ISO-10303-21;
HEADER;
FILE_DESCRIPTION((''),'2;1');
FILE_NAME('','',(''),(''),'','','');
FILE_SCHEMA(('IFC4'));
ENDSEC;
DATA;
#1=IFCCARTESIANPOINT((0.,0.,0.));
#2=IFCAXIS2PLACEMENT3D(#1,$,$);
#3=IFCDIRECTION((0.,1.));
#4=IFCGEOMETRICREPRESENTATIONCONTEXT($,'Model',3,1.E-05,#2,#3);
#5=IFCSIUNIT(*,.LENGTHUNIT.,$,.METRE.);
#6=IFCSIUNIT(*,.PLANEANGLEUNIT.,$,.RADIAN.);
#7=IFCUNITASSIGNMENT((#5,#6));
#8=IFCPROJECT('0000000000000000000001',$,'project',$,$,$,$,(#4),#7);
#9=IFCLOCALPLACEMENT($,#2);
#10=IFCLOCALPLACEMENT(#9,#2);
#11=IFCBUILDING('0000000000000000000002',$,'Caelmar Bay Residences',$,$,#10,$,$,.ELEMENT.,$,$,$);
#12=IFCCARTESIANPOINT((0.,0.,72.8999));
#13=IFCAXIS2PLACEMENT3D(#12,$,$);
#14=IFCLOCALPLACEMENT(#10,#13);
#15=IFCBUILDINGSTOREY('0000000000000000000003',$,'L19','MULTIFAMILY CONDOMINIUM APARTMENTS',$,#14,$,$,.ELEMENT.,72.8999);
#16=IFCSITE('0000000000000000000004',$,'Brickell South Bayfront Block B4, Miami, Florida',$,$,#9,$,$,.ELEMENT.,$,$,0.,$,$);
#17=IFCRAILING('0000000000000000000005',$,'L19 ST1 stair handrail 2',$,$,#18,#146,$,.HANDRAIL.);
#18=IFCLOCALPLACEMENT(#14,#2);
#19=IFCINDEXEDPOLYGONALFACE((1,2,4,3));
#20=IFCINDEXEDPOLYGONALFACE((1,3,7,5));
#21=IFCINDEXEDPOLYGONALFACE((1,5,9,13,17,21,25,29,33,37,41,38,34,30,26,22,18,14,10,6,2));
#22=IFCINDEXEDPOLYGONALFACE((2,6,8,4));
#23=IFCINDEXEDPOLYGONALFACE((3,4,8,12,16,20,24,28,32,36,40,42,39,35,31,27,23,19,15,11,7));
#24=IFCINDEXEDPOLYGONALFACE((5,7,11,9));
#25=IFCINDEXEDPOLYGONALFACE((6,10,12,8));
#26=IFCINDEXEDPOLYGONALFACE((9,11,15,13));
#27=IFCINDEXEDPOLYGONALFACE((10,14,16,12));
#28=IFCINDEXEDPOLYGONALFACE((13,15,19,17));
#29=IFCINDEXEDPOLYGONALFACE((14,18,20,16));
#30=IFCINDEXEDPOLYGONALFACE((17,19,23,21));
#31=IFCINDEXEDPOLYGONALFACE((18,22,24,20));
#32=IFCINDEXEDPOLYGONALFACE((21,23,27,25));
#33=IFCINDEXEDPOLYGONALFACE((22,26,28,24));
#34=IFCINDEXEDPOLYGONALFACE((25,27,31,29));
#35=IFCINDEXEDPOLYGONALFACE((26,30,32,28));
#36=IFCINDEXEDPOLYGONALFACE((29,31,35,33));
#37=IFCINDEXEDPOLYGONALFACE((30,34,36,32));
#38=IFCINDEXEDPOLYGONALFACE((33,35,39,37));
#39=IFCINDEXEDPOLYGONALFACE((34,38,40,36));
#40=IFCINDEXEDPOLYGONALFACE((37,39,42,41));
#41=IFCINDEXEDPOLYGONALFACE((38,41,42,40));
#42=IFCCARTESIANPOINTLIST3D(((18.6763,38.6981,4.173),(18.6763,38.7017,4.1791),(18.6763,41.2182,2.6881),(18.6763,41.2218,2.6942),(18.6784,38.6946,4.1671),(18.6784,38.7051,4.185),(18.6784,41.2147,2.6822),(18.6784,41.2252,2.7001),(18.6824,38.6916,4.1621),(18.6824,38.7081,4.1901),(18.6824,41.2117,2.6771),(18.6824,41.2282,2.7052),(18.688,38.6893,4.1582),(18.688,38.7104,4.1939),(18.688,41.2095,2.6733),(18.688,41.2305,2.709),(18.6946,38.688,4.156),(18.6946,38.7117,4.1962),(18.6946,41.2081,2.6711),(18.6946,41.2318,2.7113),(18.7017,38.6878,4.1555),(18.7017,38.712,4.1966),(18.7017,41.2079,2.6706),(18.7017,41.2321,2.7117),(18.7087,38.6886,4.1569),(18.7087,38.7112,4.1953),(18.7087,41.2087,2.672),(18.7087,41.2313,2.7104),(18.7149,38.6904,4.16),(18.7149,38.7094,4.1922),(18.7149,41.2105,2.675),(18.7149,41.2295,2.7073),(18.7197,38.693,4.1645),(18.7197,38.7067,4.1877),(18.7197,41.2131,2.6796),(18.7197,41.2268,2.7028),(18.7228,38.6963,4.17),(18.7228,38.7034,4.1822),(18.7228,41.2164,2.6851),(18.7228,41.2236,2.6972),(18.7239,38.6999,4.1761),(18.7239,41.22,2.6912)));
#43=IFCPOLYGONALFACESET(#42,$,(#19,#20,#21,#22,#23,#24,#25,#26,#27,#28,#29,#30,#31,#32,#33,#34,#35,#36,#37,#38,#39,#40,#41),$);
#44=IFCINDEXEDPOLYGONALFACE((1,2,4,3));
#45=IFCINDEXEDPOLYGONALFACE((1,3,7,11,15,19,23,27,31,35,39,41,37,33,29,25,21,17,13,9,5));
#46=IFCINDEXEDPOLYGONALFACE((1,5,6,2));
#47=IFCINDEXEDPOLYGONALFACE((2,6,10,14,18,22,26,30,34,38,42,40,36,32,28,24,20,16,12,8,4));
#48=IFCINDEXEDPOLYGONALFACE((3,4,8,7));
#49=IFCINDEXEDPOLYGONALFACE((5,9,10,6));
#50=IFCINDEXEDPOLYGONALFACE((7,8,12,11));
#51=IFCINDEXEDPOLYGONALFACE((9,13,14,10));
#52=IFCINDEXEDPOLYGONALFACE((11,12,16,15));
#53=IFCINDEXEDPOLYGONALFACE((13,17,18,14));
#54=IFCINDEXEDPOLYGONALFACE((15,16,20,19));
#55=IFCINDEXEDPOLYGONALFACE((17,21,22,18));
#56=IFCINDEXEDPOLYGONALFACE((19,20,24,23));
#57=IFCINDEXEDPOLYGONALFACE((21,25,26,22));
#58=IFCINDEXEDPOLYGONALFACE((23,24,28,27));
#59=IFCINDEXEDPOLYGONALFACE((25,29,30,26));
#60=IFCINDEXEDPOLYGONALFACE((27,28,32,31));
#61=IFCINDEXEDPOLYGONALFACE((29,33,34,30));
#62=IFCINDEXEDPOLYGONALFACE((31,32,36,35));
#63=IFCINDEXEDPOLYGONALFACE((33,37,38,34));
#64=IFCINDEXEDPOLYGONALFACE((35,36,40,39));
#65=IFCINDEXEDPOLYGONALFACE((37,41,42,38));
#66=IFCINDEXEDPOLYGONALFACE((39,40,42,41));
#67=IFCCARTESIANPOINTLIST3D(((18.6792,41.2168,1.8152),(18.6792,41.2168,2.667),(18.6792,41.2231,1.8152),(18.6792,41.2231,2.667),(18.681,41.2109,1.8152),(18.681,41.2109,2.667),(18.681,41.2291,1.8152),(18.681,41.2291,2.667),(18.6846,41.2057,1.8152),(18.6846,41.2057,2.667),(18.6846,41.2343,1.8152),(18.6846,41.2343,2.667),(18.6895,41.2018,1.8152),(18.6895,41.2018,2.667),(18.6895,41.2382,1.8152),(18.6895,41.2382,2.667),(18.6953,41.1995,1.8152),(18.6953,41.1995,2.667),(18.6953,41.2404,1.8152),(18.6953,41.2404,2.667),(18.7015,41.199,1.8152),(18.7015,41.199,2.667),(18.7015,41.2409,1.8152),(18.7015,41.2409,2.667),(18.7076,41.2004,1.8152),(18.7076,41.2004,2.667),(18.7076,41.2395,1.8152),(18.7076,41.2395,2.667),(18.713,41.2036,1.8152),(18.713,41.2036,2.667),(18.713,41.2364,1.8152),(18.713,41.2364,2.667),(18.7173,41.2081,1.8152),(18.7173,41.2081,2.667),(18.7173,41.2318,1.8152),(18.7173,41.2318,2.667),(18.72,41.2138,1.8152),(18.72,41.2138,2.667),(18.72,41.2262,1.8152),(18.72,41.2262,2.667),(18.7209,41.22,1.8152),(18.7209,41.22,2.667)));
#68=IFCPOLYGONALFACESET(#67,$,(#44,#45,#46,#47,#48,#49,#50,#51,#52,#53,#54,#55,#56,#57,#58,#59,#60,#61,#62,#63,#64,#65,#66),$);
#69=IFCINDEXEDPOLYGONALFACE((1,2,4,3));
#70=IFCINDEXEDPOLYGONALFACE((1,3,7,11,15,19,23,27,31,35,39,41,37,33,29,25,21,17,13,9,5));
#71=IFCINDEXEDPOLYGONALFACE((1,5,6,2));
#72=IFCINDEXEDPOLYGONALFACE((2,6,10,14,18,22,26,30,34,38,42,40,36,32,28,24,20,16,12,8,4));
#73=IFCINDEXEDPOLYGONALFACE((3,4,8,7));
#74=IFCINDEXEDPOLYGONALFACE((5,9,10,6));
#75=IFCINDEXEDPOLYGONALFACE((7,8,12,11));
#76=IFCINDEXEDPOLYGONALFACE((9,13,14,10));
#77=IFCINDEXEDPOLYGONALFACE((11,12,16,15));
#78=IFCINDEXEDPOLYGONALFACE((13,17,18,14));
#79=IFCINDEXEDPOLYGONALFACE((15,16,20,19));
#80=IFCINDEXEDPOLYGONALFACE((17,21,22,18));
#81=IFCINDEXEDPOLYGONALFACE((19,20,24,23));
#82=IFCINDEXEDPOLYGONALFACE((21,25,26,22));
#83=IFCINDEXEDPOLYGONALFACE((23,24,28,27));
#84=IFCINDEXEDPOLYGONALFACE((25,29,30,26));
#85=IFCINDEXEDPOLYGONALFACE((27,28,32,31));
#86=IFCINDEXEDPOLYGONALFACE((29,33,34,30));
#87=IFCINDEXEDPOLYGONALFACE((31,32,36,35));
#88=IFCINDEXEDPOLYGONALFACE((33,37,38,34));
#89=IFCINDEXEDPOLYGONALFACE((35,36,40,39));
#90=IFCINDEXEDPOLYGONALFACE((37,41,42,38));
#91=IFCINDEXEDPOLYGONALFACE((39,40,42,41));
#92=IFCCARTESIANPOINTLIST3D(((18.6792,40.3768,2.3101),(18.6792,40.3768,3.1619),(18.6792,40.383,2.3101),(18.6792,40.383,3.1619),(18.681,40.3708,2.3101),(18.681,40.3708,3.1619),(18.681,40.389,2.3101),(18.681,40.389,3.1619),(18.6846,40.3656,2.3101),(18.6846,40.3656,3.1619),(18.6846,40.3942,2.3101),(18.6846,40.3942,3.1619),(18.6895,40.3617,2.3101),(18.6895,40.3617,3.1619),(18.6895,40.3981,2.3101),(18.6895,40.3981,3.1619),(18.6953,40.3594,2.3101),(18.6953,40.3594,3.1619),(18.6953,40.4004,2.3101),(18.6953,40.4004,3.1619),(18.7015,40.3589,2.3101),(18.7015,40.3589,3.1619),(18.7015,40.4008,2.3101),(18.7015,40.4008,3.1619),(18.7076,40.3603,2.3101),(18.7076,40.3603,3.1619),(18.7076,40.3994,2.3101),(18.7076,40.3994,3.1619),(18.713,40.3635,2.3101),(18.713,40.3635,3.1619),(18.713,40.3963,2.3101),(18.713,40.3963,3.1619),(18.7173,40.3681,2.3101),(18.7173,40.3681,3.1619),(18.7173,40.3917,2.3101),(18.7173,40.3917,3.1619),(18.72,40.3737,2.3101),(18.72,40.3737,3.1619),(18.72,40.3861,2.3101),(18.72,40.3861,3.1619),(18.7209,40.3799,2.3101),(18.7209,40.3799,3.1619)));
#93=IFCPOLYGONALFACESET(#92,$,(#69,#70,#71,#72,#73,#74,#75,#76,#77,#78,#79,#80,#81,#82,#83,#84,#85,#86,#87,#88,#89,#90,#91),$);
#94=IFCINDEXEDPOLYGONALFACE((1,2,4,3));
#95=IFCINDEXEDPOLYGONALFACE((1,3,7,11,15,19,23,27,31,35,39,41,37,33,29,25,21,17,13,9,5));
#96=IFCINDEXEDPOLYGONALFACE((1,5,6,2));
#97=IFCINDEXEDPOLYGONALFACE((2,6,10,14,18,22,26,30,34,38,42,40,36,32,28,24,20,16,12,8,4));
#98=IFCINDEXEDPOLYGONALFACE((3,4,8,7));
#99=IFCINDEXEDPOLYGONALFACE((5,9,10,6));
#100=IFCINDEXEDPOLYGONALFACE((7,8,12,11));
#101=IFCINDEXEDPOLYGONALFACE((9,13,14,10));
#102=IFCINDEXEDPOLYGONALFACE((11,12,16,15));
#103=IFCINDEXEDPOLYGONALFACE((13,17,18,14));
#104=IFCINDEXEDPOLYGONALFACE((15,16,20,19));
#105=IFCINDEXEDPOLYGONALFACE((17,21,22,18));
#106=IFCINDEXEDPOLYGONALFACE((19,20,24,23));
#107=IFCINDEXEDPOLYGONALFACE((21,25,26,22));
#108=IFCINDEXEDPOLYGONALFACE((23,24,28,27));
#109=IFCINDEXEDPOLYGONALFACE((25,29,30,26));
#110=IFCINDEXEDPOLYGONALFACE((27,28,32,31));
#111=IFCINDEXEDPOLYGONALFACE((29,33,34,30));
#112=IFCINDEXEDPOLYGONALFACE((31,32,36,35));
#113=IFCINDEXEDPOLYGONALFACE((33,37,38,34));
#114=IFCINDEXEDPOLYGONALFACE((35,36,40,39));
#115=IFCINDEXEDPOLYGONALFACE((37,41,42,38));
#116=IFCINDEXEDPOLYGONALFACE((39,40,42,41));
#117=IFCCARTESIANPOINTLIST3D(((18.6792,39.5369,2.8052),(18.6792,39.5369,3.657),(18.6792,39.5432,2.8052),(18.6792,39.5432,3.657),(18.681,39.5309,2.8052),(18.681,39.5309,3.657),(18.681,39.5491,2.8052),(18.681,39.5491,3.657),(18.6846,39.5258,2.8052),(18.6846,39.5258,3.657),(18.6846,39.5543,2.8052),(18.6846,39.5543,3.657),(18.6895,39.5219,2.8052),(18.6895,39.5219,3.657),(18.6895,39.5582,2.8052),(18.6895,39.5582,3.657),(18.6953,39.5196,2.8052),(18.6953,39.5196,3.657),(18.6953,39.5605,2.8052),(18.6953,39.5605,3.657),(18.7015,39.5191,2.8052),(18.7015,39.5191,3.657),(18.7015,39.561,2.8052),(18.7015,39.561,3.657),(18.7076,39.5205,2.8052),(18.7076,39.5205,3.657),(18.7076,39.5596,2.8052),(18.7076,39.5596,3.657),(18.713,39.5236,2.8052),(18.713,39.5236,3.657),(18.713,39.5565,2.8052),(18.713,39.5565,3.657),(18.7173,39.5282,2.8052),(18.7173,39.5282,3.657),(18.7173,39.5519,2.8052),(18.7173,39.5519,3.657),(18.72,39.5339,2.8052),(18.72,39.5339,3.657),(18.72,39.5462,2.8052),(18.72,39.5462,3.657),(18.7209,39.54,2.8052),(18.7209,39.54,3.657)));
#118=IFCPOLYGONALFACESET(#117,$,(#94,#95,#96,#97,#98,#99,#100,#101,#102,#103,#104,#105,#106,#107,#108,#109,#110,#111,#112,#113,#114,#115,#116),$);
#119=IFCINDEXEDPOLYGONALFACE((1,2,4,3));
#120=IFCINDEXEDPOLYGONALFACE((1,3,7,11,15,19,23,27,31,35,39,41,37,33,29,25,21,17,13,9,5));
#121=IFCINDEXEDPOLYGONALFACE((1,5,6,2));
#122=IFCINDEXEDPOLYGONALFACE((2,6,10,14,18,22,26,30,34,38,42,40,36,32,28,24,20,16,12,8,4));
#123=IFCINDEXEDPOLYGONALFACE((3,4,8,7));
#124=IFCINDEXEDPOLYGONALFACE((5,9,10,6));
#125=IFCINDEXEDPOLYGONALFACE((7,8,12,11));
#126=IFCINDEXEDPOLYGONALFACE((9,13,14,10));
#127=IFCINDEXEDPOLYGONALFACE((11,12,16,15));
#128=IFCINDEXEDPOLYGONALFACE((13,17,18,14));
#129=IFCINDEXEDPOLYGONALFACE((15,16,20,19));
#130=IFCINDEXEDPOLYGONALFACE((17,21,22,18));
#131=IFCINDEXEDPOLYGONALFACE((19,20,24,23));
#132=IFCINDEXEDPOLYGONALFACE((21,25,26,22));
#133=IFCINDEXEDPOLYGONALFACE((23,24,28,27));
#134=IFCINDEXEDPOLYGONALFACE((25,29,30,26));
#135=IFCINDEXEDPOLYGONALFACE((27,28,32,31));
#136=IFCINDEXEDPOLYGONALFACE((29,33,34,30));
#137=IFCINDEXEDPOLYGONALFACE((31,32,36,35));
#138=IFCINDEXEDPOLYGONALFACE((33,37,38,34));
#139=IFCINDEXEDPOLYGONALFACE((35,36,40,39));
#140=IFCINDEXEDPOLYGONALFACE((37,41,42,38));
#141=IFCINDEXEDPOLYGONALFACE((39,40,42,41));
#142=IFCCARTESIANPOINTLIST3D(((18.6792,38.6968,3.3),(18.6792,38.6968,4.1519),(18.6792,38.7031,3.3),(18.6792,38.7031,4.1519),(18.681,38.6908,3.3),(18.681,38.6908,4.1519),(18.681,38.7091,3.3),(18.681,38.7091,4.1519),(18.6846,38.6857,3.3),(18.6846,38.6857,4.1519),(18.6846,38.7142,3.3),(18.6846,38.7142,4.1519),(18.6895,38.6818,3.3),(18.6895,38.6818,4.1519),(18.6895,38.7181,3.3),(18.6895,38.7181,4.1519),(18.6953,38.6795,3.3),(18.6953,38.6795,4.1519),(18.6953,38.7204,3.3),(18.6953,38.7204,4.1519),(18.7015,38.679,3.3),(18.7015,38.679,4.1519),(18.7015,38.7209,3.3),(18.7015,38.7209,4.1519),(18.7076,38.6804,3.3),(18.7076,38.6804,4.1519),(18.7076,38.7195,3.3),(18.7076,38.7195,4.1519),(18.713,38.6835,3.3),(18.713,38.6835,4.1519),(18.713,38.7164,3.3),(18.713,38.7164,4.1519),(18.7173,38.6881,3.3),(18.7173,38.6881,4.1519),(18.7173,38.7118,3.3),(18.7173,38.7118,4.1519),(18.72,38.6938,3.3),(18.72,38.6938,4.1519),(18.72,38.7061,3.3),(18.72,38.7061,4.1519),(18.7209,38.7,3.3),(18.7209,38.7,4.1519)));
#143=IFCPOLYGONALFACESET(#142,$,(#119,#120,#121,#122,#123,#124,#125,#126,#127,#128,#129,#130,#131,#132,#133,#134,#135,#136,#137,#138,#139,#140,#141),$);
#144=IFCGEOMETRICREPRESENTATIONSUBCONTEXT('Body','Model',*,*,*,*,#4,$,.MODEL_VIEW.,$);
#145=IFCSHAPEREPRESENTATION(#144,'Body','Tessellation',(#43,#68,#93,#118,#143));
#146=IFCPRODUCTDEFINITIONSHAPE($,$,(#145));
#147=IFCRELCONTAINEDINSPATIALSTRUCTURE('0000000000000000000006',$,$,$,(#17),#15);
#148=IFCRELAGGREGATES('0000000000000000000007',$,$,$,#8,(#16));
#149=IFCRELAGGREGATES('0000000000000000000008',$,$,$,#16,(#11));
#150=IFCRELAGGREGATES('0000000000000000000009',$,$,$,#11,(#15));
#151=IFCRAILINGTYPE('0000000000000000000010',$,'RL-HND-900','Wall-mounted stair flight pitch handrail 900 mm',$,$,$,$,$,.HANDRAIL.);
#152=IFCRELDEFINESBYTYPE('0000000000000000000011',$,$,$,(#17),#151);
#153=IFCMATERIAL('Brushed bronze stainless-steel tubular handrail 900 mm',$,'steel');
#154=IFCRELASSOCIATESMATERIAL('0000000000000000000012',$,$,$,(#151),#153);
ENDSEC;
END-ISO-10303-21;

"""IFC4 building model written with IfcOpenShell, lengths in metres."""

from ifc_helpers import new_model, si_unit, direction, frame, origin, origin_2d, place, context, subcontext, project, spatial, circle, extrude, material, type_object, element, save


model = new_model("IFC4")

# Units and contexts
model_context = context("Model", 3, precision=1e-05, world=origin(), true_north=direction((0.0, 1.0)))
body_context = subcontext(model_context, "Body", "Model", "MODEL_VIEW")
ifc_project = project(units=[si_unit("LENGTHUNIT", "METRE"), si_unit("PLANEANGLEUNIT", "RADIAN")], contexts=[model_context])

# Site, building, storey
site_placement = place(None, origin())
site = spatial("IfcSite", under=ifc_project, at=site_placement, Name="Brickell South Bayfront Block B4, Miami, Florida", CompositionType="ELEMENT", RefElevation=0.0)
building_placement = place(site_placement, origin())
building = spatial("IfcBuilding", under=site, at=building_placement, Name="Caelmar Bay Residences", CompositionType="ELEMENT")
storey_placement = place(building_placement, frame((0.0, 0.0, 72.8999)))
storey = spatial("IfcBuildingStorey", under=building, at=storey_placement, Name="L19", Description="MULTIFAMILY CONDOMINIUM APARTMENTS", CompositionType="ELEMENT", Elevation=72.8999)

# Railing
ifc_material_1 = material(Name="Brushed bronze stainless-steel tubular handrail 900 mm", Category="steel")
railing_type_1 = type_object("IfcRailingType", Name="RL-HND-900", Description="Wall-mounted stair flight pitch handrail 900 mm", PredefinedType="HANDRAIL", material=ifc_material_1)
railing_1_placement = place(storey_placement, frame((18.7, 41.22, 1.8152)))
element("IfcRailing", 1, at=railing_1_placement, inside=storey, type_object=railing_type_1, Name="L19 ST1 stair handrail 2", PredefinedType="HANDRAIL", context=body_context, shape_type="SweptSolid", body=[
    extrude(circle(Radius=0.0239, at=origin_2d()), frame((0.0, 0.0, 0.876), z_axis=(0.0, -0.861561, 0.507655), x_axis=(1.0, 0.0, 0.0)), (0.0, 0.0, 1.0), 2.925),
    extrude(circle(Radius=0.021, at=origin_2d()), origin(), (0.0, 0.0, 1.0), 0.8518),
    extrude(circle(Radius=0.021, at=origin_2d()), frame((0.0, -0.8401, 0.4949)), (0.0, 0.0, 1.0), 0.8518),
    extrude(circle(Radius=0.021, at=origin_2d()), frame((0.0, -1.6799, 0.99)), (0.0, 0.0, 1.0), 0.8518),
    extrude(circle(Radius=0.021, at=origin_2d()), frame((0.0, -2.52, 1.4849)), (0.0, 0.0, 1.0), 0.8518),
])

save(model, "model.ifc")
